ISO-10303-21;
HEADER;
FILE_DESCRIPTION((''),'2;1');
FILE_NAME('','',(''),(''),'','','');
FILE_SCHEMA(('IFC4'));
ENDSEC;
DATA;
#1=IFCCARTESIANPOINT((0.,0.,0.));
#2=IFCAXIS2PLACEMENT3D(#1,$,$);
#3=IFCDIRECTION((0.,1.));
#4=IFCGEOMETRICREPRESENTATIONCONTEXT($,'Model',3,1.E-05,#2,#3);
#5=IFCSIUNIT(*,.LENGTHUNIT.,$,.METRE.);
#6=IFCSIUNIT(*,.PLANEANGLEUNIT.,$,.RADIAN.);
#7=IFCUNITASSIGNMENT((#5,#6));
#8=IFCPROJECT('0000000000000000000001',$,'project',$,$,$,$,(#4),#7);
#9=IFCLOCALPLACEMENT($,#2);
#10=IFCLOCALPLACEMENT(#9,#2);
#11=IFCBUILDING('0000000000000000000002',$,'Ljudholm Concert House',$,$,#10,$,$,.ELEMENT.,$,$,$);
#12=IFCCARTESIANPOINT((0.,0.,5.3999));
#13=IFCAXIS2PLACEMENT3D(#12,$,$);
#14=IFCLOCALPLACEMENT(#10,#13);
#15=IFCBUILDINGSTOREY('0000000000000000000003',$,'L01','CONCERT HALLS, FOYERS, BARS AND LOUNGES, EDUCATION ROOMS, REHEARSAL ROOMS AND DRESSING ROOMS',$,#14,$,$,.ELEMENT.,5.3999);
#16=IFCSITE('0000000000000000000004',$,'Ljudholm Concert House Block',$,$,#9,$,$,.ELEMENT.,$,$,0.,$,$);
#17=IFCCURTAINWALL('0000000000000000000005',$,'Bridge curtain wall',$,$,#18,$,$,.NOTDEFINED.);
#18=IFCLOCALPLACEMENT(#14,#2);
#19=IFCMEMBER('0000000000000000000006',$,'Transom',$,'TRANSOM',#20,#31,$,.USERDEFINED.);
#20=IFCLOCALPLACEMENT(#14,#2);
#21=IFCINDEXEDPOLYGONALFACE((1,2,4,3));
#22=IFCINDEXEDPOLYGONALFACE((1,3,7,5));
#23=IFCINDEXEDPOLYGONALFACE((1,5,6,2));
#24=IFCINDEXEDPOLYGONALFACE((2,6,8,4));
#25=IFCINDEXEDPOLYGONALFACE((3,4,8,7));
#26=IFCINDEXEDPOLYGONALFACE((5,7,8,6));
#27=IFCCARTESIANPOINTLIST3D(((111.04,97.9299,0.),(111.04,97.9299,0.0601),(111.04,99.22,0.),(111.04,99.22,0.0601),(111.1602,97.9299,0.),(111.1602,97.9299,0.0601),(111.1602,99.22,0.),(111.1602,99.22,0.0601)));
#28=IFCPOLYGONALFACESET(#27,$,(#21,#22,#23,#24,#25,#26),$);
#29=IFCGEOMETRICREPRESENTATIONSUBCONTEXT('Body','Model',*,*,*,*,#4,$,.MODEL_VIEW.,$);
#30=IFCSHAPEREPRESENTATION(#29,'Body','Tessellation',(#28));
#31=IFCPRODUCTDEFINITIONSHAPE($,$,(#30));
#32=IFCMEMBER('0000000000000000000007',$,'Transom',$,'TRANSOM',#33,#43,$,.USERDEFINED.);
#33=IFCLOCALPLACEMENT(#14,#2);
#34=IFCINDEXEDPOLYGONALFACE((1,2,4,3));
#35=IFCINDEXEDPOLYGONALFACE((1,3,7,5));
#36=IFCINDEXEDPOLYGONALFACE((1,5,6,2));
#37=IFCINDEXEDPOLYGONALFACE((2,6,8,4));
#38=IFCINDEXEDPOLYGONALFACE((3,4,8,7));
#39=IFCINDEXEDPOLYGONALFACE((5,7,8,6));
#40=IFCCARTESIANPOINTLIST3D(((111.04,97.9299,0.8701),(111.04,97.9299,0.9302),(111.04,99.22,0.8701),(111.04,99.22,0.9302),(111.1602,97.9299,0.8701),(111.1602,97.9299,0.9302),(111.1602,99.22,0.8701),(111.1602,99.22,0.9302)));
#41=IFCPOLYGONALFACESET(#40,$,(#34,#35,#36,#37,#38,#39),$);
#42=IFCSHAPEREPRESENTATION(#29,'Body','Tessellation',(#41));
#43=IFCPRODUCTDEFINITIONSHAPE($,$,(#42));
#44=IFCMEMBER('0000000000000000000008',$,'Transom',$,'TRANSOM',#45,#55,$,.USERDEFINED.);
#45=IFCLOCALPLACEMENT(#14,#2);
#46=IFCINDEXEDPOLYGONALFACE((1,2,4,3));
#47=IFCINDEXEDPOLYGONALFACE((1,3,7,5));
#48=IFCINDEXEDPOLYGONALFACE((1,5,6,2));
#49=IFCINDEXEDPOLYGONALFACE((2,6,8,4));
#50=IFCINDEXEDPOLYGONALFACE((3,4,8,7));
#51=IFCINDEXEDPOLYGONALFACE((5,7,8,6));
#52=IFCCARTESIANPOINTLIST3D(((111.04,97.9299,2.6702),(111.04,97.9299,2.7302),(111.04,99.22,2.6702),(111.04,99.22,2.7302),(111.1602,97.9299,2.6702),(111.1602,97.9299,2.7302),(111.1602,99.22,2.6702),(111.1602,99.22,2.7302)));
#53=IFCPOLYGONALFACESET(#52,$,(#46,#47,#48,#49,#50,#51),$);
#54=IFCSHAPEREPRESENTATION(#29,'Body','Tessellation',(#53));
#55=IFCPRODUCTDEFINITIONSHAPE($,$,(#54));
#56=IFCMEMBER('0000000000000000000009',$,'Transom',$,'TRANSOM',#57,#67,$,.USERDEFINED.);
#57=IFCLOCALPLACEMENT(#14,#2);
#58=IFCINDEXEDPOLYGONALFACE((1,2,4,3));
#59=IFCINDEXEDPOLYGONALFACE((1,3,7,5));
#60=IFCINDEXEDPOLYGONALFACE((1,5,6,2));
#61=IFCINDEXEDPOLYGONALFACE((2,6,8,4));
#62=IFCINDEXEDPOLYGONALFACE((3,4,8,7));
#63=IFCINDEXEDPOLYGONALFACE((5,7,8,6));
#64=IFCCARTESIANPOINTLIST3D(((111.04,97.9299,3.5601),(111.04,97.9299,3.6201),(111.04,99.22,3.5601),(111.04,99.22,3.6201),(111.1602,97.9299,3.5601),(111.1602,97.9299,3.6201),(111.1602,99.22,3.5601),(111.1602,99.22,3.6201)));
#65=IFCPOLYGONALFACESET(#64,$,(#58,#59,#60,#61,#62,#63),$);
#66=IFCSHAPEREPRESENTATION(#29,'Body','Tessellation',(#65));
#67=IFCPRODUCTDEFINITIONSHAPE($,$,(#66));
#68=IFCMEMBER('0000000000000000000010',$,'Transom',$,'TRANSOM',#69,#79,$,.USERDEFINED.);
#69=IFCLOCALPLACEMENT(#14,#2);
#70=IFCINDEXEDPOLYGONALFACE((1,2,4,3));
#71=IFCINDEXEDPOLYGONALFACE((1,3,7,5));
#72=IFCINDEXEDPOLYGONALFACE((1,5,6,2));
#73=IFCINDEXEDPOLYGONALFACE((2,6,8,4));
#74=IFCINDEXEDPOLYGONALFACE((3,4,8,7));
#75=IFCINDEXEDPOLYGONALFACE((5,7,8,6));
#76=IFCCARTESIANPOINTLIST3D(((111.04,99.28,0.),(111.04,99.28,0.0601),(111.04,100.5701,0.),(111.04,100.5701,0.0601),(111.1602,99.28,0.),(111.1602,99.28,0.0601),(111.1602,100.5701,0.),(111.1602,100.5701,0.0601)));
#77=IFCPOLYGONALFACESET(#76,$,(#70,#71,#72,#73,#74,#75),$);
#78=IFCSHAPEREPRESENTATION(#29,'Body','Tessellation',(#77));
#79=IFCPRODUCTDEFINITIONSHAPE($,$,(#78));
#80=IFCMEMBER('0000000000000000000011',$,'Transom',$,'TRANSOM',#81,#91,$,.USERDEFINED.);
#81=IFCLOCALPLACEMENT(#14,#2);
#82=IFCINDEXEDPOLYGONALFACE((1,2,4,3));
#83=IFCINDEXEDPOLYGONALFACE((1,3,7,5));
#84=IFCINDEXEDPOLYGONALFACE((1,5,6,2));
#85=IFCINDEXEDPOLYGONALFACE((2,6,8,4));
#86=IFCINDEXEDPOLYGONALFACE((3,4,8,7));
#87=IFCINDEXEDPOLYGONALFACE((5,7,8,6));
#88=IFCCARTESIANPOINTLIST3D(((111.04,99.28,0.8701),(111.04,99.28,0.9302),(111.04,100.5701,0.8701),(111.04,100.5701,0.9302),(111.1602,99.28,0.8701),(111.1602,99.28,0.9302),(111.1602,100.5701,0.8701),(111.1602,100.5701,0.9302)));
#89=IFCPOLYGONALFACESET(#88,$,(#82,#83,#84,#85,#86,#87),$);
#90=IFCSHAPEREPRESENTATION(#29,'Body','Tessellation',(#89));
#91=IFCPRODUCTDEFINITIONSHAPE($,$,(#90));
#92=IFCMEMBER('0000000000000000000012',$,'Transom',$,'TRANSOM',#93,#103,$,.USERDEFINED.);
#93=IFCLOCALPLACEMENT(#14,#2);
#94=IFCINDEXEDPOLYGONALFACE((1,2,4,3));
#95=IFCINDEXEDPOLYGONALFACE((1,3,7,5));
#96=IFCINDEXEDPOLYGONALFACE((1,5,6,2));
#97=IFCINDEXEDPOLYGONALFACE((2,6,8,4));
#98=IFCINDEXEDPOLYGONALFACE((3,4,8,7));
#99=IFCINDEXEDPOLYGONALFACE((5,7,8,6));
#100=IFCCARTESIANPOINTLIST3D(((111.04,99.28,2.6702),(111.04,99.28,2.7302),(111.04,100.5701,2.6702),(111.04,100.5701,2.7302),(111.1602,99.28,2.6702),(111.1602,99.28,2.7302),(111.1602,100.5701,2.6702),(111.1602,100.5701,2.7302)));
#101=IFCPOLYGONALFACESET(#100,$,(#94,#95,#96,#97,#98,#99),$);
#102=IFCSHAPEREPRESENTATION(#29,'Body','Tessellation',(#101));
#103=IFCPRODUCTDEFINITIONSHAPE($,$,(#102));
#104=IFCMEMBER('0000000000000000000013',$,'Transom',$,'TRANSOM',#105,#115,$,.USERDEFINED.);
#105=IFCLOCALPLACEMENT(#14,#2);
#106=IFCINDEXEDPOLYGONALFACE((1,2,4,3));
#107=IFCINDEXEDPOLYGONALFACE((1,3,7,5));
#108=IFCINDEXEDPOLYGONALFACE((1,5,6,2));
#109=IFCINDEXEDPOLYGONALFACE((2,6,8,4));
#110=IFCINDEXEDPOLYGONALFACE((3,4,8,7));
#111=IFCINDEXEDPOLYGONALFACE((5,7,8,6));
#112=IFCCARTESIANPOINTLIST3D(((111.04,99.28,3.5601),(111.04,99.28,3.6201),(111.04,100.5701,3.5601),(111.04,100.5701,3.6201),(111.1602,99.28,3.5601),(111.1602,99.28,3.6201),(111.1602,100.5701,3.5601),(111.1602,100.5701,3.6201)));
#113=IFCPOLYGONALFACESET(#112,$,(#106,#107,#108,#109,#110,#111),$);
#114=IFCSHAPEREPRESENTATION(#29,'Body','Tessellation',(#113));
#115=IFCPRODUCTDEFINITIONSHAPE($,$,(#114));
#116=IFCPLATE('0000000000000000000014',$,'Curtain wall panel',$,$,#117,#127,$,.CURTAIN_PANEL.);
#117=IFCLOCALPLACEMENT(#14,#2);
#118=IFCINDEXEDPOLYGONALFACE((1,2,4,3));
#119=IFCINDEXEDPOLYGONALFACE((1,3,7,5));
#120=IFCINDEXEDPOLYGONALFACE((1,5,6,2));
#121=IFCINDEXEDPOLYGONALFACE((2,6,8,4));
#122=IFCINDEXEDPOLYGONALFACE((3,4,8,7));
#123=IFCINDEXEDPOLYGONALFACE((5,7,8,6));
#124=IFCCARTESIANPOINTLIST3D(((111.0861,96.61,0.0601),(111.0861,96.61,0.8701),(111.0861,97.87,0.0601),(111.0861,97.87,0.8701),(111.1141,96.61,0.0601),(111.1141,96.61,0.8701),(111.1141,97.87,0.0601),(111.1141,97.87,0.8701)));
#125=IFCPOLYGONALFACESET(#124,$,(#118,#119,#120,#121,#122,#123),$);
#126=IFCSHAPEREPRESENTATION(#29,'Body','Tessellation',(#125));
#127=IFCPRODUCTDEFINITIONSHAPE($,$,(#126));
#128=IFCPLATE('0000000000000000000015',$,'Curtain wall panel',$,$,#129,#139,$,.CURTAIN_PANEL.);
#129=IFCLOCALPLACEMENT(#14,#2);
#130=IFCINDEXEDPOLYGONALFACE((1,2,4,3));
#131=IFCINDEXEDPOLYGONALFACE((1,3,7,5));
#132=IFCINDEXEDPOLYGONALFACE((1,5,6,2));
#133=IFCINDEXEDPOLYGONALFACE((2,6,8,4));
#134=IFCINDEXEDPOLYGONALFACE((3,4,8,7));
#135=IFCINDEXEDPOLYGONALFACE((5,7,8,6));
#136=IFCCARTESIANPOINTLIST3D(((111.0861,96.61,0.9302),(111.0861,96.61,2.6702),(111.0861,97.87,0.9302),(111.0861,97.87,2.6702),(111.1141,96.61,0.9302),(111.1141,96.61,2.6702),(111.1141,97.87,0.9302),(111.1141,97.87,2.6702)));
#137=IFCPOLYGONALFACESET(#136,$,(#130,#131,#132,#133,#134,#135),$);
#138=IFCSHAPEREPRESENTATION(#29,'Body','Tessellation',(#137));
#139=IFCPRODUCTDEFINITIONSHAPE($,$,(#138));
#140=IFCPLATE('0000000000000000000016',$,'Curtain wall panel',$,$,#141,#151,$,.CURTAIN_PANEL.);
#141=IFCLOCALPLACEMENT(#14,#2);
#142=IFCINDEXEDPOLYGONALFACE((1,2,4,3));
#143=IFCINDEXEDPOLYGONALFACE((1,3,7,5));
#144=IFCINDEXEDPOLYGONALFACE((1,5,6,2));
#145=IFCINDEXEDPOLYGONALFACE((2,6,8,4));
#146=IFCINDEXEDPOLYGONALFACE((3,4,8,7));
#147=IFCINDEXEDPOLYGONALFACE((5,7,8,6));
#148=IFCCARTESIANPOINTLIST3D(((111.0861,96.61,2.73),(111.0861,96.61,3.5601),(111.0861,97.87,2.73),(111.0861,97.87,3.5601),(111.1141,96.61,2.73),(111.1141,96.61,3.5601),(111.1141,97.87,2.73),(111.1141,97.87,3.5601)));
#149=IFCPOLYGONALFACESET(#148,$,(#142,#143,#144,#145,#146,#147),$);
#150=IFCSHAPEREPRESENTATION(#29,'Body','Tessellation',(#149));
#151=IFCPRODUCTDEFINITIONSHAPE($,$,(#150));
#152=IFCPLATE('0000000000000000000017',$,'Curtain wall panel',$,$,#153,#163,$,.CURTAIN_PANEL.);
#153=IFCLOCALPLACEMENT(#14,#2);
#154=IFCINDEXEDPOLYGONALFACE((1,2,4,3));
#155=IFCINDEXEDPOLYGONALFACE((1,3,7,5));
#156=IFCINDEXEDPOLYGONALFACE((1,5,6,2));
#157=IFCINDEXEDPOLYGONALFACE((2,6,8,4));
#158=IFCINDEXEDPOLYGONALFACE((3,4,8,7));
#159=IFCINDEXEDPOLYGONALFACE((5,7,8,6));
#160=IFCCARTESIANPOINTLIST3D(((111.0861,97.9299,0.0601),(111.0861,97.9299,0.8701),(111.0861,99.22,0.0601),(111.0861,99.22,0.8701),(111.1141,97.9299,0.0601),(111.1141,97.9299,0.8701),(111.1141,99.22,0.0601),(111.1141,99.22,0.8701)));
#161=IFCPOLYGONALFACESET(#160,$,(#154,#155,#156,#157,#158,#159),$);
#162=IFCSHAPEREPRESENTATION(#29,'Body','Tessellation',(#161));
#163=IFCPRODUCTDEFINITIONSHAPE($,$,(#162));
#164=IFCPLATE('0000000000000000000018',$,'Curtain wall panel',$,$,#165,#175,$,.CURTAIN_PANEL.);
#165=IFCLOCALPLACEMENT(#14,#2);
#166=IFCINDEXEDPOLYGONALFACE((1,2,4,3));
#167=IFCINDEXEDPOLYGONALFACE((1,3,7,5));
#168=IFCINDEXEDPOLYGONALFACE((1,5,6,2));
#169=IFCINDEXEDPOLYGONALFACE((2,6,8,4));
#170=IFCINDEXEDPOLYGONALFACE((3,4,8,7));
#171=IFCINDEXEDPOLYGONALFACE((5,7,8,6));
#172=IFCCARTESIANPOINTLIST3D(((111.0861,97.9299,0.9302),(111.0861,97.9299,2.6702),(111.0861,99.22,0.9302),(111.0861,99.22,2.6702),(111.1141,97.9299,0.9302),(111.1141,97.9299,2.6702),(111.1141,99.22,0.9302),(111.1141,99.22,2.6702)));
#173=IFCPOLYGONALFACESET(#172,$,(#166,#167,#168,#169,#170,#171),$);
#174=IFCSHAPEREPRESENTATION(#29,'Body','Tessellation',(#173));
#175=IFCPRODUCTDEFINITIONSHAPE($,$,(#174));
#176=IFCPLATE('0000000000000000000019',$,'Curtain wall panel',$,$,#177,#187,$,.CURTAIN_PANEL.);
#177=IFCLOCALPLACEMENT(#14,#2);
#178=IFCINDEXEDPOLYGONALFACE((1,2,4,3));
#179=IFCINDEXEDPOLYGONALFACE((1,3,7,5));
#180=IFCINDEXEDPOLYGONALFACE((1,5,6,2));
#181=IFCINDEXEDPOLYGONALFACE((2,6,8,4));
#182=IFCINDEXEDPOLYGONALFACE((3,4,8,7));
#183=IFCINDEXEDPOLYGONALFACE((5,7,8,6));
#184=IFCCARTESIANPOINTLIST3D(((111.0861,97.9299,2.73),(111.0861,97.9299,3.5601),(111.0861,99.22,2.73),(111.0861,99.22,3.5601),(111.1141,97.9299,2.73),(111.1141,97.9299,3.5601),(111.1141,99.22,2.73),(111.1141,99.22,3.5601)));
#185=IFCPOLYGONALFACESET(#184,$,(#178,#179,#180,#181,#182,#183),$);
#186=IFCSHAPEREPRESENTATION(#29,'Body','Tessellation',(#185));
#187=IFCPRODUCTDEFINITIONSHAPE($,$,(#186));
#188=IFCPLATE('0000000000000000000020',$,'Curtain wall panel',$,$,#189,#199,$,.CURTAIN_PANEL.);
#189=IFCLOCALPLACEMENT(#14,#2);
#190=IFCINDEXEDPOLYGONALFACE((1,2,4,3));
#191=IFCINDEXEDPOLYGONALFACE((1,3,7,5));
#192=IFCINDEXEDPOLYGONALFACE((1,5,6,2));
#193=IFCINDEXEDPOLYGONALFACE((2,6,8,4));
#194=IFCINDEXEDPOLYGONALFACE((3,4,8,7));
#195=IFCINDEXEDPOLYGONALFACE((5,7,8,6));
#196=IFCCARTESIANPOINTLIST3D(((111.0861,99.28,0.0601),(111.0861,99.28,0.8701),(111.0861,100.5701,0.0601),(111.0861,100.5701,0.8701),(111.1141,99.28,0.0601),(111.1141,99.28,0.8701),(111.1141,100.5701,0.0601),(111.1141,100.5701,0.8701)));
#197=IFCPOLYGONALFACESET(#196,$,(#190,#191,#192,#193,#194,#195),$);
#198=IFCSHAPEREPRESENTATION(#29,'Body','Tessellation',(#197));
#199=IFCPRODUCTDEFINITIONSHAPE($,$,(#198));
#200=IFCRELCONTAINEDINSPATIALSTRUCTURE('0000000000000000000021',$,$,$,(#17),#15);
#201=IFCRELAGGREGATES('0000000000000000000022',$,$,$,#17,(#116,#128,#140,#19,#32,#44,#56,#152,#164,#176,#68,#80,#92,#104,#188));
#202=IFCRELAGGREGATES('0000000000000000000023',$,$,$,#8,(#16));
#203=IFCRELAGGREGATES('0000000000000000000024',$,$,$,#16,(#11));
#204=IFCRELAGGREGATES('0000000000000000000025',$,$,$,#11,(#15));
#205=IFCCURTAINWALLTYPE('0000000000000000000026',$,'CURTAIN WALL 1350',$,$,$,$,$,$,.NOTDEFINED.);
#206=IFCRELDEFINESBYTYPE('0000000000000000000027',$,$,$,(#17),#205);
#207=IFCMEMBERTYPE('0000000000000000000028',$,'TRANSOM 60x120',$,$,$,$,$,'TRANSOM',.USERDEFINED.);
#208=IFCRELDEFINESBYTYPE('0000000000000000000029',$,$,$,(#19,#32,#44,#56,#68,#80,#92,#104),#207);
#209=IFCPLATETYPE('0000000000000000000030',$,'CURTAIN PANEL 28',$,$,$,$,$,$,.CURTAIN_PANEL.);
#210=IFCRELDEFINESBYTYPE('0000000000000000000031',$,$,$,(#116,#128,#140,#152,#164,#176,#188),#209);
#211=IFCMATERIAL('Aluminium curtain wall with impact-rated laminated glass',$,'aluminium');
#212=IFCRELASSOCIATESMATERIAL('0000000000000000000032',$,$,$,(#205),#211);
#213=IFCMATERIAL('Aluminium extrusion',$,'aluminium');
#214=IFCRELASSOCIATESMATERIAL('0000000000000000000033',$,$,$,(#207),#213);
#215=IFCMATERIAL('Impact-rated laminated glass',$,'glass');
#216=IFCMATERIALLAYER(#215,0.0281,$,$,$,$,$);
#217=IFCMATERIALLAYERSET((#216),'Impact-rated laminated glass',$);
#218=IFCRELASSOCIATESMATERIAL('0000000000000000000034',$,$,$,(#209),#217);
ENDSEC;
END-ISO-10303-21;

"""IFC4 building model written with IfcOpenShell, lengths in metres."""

from ifc_helpers import new_model, si_unit, direction, frame, origin, origin_2d, place, context, subcontext, project, spatial, rectangle, extrude, material, layer, layer_set, material_profile, profile_set, type_object, element, aggregate, save


model = new_model("IFC4")

# Units and contexts
model_context = context("Model", 3, precision=1e-05, world=origin(), true_north=direction((0.0, 1.0)))
body_context = subcontext(model_context, "Body", "Model", "MODEL_VIEW")
ifc_project = project(units=[si_unit("LENGTHUNIT", "METRE"), si_unit("PLANEANGLEUNIT", "RADIAN")], contexts=[model_context])

# Site, building, storey
site_placement = place(None, origin())
site = spatial("IfcSite", under=ifc_project, at=site_placement, Name="Ljudholm Concert House Block", CompositionType="ELEMENT", RefElevation=0.0)
building_placement = place(site_placement, origin())
building = spatial("IfcBuilding", under=site, at=building_placement, Name="Ljudholm Concert House", CompositionType="ELEMENT")
storey_placement = place(building_placement, frame((0.0, 0.0, 5.3999)))
storey = spatial("IfcBuildingStorey", under=building, at=storey_placement, Name="L01", Description="CONCERT HALLS, FOYERS, BARS AND LOUNGES, EDUCATION ROOMS, REHEARSAL ROOMS AND DRESSING ROOMS", CompositionType="ELEMENT", Elevation=5.3999)

# Curtain wall
ifc_material_1 = material(Name="Aluminium curtain wall with impact-rated laminated glass", Category="aluminium")
curtain_wall_type = type_object("IfcCurtainWallType", Name="CURTAIN WALL 1350", PredefinedType="NOTDEFINED", material=ifc_material_1)
curtain_wall_placement = place(storey_placement, origin())
curtain_wall = element("IfcCurtainWall", 1, at=curtain_wall_placement, inside=storey, type_object=curtain_wall_type, Name="Bridge curtain wall", PredefinedType="NOTDEFINED")

# Members
ifc_material_2 = material(Name="Aluminium extrusion", Category="aluminium")
ifc_material_profile_1 = material_profile(ifc_material_2, rectangle(XDim=0.1201, YDim=0.0601, at=origin_2d()), Name="TRANSOM 60x120")
ifc_profile_set_1 = profile_set([ifc_material_profile_1], Name="Aluminium extrusion")
member_type_1 = type_object("IfcMemberType", Name="TRANSOM 60x120", ElementType="TRANSOM", PredefinedType="USERDEFINED", material=ifc_profile_set_1)
member_1_placement = place(storey_placement, frame((111.1001, 97.9299, 0.03), z_axis=(0.0, 1.0, 0.0), x_axis=(-1.0, 0.0, 0.0)))
member_1 = element("IfcMember", 2, at=member_1_placement, type_object=member_type_1, Name="Transom", ObjectType="TRANSOM", PredefinedType="USERDEFINED", context=body_context, shape_type="SweptSolid", body=[
    extrude(rectangle(XDim=0.1201, YDim=0.0601, at=origin_2d()), origin(), (0.0, 0.0, 1.0), 1.29),
])
member_2_placement = place(storey_placement, frame((111.1001, 97.9299, 0.9001), z_axis=(0.0, 1.0, 0.0), x_axis=(-1.0, 0.0, 0.0)))
member_2 = element("IfcMember", 3, at=member_2_placement, type_object=member_type_1, Name="Transom", ObjectType="TRANSOM", PredefinedType="USERDEFINED", context=body_context, shape_type="SweptSolid", body=[
    extrude(rectangle(XDim=0.1201, YDim=0.0601, at=origin_2d()), origin(), (0.0, 0.0, 1.0), 1.29),
])
member_3_placement = place(storey_placement, frame((111.1001, 97.9299, 2.7002), z_axis=(0.0, 1.0, 0.0), x_axis=(-1.0, 0.0, 0.0)))
member_3 = element("IfcMember", 4, at=member_3_placement, type_object=member_type_1, Name="Transom", ObjectType="TRANSOM", PredefinedType="USERDEFINED", context=body_context, shape_type="SweptSolid", body=[
    extrude(rectangle(XDim=0.1201, YDim=0.0601, at=origin_2d()), origin(), (0.0, 0.0, 1.0), 1.29),
])
member_4_placement = place(storey_placement, frame((111.1001, 97.9299, 3.5901), z_axis=(0.0, 1.0, 0.0), x_axis=(-1.0, 0.0, 0.0)))
member_4 = element("IfcMember", 5, at=member_4_placement, type_object=member_type_1, Name="Transom", ObjectType="TRANSOM", PredefinedType="USERDEFINED", context=body_context, shape_type="SweptSolid", body=[
    extrude(rectangle(XDim=0.1201, YDim=0.0601, at=origin_2d()), origin(), (0.0, 0.0, 1.0), 1.29),
])
member_5_placement = place(storey_placement, frame((111.1001, 99.28, 0.03), z_axis=(0.0, 1.0, 0.0), x_axis=(-1.0, 0.0, 0.0)))
member_5 = element("IfcMember", 6, at=member_5_placement, type_object=member_type_1, Name="Transom", ObjectType="TRANSOM", PredefinedType="USERDEFINED", context=body_context, shape_type="SweptSolid", body=[
    extrude(rectangle(XDim=0.1201, YDim=0.0601, at=origin_2d()), origin(), (0.0, 0.0, 1.0), 1.29),
])
member_6_placement = place(storey_placement, frame((111.1001, 99.28, 0.9001), z_axis=(0.0, 1.0, 0.0), x_axis=(-1.0, 0.0, 0.0)))
member_6 = element("IfcMember", 7, at=member_6_placement, type_object=member_type_1, Name="Transom", ObjectType="TRANSOM", PredefinedType="USERDEFINED", context=body_context, shape_type="SweptSolid", body=[
    extrude(rectangle(XDim=0.1201, YDim=0.0601, at=origin_2d()), origin(), (0.0, 0.0, 1.0), 1.29),
])
member_7_placement = place(storey_placement, frame((111.1001, 99.28, 2.7002), z_axis=(0.0, 1.0, 0.0), x_axis=(-1.0, 0.0, 0.0)))
member_7 = element("IfcMember", 8, at=member_7_placement, type_object=member_type_1, Name="Transom", ObjectType="TRANSOM", PredefinedType="USERDEFINED", context=body_context, shape_type="SweptSolid", body=[
    extrude(rectangle(XDim=0.1201, YDim=0.0601, at=origin_2d()), origin(), (0.0, 0.0, 1.0), 1.29),
])
member_8_placement = place(storey_placement, frame((111.1001, 99.28, 3.5901), z_axis=(0.0, 1.0, 0.0), x_axis=(-1.0, 0.0, 0.0)))
member_8 = element("IfcMember", 9, at=member_8_placement, type_object=member_type_1, Name="Transom", ObjectType="TRANSOM", PredefinedType="USERDEFINED", context=body_context, shape_type="SweptSolid", body=[
    extrude(rectangle(XDim=0.1201, YDim=0.0601, at=origin_2d()), origin(), (0.0, 0.0, 1.0), 1.29),
])

# Plates
ifc_material_3 = material(Name="Impact-rated laminated glass", Category="glass")
ifc_layer = layer(ifc_material_3, 0.0281)
ifc_layer_set = layer_set([ifc_layer], Name="Impact-rated laminated glass")
plate_type = type_object("IfcPlateType", Name="CURTAIN PANEL 28", PredefinedType="CURTAIN_PANEL", material=ifc_layer_set)
plate_1_placement = place(storey_placement, frame((111.1001, 97.24, 0.0601), z_axis=(0.0, 0.0, 1.0), x_axis=(0.0, 1.0, 0.0)))
plate_1 = element("IfcPlate", 10, at=plate_1_placement, type_object=plate_type, Name="Curtain wall panel", PredefinedType="CURTAIN_PANEL", context=body_context, shape_type="SweptSolid", body=[
    extrude(rectangle(XDim=1.26, YDim=0.0281, at=origin_2d()), origin(), (0.0, 0.0, 1.0), 0.8101),
])
plate_2_placement = place(storey_placement, frame((111.1001, 97.24, 0.9302), z_axis=(0.0, 0.0, 1.0), x_axis=(0.0, 1.0, 0.0)))
plate_2 = element("IfcPlate", 11, at=plate_2_placement, type_object=plate_type, Name="Curtain wall panel", PredefinedType="CURTAIN_PANEL", context=body_context, shape_type="SweptSolid", body=[
    extrude(rectangle(XDim=1.26, YDim=0.0281, at=origin_2d()), origin(), (0.0, 0.0, 1.0), 1.74),
])
plate_3_placement = place(storey_placement, frame((111.1001, 97.24, 2.73), z_axis=(0.0, 0.0, 1.0), x_axis=(0.0, 1.0, 0.0)))
plate_3 = element("IfcPlate", 12, at=plate_3_placement, type_object=plate_type, Name="Curtain wall panel", PredefinedType="CURTAIN_PANEL", context=body_context, shape_type="SweptSolid", body=[
    extrude(rectangle(XDim=1.26, YDim=0.0281, at=origin_2d()), origin(), (0.0, 0.0, 1.0), 0.8301),
])
plate_4_placement = place(storey_placement, frame((111.1001, 98.575, 0.0601), z_axis=(0.0, 0.0, 1.0), x_axis=(0.0, 1.0, 0.0)))
plate_4 = element("IfcPlate", 13, at=plate_4_placement, type_object=plate_type, Name="Curtain wall panel", PredefinedType="CURTAIN_PANEL", context=body_context, shape_type="SweptSolid", body=[
    extrude(rectangle(XDim=1.29, YDim=0.0281, at=origin_2d()), origin(), (0.0, 0.0, 1.0), 0.8101),
])
plate_5_placement = place(storey_placement, frame((111.1001, 98.575, 0.9302), z_axis=(0.0, 0.0, 1.0), x_axis=(0.0, 1.0, 0.0)))
plate_5 = element("IfcPlate", 14, at=plate_5_placement, type_object=plate_type, Name="Curtain wall panel", PredefinedType="CURTAIN_PANEL", context=body_context, shape_type="SweptSolid", body=[
    extrude(rectangle(XDim=1.29, YDim=0.0281, at=origin_2d()), origin(), (0.0, 0.0, 1.0), 1.74),
])
plate_6_placement = place(storey_placement, frame((111.1001, 98.575, 2.73), z_axis=(0.0, 0.0, 1.0), x_axis=(0.0, 1.0, 0.0)))
plate_6 = element("IfcPlate", 15, at=plate_6_placement, type_object=plate_type, Name="Curtain wall panel", PredefinedType="CURTAIN_PANEL", context=body_context, shape_type="SweptSolid", body=[
    extrude(rectangle(XDim=1.29, YDim=0.0281, at=origin_2d()), origin(), (0.0, 0.0, 1.0), 0.8301),
])
plate_7_placement = place(storey_placement, frame((111.1001, 99.925, 0.0601), z_axis=(0.0, 0.0, 1.0), x_axis=(0.0, 1.0, 0.0)))
plate_7 = element("IfcPlate", 16, at=plate_7_placement, type_object=plate_type, Name="Curtain wall panel", PredefinedType="CURTAIN_PANEL", context=body_context, shape_type="SweptSolid", body=[
    extrude(rectangle(XDim=1.29, YDim=0.0281, at=origin_2d()), origin(), (0.0, 0.0, 1.0), 0.8101),
])
aggregate(curtain_wall, [plate_1, plate_2, plate_3, member_1, member_2, member_3, member_4, plate_4, plate_5, plate_6, member_5, member_6, member_7, member_8, plate_7])

save(model, "model.ifc")
